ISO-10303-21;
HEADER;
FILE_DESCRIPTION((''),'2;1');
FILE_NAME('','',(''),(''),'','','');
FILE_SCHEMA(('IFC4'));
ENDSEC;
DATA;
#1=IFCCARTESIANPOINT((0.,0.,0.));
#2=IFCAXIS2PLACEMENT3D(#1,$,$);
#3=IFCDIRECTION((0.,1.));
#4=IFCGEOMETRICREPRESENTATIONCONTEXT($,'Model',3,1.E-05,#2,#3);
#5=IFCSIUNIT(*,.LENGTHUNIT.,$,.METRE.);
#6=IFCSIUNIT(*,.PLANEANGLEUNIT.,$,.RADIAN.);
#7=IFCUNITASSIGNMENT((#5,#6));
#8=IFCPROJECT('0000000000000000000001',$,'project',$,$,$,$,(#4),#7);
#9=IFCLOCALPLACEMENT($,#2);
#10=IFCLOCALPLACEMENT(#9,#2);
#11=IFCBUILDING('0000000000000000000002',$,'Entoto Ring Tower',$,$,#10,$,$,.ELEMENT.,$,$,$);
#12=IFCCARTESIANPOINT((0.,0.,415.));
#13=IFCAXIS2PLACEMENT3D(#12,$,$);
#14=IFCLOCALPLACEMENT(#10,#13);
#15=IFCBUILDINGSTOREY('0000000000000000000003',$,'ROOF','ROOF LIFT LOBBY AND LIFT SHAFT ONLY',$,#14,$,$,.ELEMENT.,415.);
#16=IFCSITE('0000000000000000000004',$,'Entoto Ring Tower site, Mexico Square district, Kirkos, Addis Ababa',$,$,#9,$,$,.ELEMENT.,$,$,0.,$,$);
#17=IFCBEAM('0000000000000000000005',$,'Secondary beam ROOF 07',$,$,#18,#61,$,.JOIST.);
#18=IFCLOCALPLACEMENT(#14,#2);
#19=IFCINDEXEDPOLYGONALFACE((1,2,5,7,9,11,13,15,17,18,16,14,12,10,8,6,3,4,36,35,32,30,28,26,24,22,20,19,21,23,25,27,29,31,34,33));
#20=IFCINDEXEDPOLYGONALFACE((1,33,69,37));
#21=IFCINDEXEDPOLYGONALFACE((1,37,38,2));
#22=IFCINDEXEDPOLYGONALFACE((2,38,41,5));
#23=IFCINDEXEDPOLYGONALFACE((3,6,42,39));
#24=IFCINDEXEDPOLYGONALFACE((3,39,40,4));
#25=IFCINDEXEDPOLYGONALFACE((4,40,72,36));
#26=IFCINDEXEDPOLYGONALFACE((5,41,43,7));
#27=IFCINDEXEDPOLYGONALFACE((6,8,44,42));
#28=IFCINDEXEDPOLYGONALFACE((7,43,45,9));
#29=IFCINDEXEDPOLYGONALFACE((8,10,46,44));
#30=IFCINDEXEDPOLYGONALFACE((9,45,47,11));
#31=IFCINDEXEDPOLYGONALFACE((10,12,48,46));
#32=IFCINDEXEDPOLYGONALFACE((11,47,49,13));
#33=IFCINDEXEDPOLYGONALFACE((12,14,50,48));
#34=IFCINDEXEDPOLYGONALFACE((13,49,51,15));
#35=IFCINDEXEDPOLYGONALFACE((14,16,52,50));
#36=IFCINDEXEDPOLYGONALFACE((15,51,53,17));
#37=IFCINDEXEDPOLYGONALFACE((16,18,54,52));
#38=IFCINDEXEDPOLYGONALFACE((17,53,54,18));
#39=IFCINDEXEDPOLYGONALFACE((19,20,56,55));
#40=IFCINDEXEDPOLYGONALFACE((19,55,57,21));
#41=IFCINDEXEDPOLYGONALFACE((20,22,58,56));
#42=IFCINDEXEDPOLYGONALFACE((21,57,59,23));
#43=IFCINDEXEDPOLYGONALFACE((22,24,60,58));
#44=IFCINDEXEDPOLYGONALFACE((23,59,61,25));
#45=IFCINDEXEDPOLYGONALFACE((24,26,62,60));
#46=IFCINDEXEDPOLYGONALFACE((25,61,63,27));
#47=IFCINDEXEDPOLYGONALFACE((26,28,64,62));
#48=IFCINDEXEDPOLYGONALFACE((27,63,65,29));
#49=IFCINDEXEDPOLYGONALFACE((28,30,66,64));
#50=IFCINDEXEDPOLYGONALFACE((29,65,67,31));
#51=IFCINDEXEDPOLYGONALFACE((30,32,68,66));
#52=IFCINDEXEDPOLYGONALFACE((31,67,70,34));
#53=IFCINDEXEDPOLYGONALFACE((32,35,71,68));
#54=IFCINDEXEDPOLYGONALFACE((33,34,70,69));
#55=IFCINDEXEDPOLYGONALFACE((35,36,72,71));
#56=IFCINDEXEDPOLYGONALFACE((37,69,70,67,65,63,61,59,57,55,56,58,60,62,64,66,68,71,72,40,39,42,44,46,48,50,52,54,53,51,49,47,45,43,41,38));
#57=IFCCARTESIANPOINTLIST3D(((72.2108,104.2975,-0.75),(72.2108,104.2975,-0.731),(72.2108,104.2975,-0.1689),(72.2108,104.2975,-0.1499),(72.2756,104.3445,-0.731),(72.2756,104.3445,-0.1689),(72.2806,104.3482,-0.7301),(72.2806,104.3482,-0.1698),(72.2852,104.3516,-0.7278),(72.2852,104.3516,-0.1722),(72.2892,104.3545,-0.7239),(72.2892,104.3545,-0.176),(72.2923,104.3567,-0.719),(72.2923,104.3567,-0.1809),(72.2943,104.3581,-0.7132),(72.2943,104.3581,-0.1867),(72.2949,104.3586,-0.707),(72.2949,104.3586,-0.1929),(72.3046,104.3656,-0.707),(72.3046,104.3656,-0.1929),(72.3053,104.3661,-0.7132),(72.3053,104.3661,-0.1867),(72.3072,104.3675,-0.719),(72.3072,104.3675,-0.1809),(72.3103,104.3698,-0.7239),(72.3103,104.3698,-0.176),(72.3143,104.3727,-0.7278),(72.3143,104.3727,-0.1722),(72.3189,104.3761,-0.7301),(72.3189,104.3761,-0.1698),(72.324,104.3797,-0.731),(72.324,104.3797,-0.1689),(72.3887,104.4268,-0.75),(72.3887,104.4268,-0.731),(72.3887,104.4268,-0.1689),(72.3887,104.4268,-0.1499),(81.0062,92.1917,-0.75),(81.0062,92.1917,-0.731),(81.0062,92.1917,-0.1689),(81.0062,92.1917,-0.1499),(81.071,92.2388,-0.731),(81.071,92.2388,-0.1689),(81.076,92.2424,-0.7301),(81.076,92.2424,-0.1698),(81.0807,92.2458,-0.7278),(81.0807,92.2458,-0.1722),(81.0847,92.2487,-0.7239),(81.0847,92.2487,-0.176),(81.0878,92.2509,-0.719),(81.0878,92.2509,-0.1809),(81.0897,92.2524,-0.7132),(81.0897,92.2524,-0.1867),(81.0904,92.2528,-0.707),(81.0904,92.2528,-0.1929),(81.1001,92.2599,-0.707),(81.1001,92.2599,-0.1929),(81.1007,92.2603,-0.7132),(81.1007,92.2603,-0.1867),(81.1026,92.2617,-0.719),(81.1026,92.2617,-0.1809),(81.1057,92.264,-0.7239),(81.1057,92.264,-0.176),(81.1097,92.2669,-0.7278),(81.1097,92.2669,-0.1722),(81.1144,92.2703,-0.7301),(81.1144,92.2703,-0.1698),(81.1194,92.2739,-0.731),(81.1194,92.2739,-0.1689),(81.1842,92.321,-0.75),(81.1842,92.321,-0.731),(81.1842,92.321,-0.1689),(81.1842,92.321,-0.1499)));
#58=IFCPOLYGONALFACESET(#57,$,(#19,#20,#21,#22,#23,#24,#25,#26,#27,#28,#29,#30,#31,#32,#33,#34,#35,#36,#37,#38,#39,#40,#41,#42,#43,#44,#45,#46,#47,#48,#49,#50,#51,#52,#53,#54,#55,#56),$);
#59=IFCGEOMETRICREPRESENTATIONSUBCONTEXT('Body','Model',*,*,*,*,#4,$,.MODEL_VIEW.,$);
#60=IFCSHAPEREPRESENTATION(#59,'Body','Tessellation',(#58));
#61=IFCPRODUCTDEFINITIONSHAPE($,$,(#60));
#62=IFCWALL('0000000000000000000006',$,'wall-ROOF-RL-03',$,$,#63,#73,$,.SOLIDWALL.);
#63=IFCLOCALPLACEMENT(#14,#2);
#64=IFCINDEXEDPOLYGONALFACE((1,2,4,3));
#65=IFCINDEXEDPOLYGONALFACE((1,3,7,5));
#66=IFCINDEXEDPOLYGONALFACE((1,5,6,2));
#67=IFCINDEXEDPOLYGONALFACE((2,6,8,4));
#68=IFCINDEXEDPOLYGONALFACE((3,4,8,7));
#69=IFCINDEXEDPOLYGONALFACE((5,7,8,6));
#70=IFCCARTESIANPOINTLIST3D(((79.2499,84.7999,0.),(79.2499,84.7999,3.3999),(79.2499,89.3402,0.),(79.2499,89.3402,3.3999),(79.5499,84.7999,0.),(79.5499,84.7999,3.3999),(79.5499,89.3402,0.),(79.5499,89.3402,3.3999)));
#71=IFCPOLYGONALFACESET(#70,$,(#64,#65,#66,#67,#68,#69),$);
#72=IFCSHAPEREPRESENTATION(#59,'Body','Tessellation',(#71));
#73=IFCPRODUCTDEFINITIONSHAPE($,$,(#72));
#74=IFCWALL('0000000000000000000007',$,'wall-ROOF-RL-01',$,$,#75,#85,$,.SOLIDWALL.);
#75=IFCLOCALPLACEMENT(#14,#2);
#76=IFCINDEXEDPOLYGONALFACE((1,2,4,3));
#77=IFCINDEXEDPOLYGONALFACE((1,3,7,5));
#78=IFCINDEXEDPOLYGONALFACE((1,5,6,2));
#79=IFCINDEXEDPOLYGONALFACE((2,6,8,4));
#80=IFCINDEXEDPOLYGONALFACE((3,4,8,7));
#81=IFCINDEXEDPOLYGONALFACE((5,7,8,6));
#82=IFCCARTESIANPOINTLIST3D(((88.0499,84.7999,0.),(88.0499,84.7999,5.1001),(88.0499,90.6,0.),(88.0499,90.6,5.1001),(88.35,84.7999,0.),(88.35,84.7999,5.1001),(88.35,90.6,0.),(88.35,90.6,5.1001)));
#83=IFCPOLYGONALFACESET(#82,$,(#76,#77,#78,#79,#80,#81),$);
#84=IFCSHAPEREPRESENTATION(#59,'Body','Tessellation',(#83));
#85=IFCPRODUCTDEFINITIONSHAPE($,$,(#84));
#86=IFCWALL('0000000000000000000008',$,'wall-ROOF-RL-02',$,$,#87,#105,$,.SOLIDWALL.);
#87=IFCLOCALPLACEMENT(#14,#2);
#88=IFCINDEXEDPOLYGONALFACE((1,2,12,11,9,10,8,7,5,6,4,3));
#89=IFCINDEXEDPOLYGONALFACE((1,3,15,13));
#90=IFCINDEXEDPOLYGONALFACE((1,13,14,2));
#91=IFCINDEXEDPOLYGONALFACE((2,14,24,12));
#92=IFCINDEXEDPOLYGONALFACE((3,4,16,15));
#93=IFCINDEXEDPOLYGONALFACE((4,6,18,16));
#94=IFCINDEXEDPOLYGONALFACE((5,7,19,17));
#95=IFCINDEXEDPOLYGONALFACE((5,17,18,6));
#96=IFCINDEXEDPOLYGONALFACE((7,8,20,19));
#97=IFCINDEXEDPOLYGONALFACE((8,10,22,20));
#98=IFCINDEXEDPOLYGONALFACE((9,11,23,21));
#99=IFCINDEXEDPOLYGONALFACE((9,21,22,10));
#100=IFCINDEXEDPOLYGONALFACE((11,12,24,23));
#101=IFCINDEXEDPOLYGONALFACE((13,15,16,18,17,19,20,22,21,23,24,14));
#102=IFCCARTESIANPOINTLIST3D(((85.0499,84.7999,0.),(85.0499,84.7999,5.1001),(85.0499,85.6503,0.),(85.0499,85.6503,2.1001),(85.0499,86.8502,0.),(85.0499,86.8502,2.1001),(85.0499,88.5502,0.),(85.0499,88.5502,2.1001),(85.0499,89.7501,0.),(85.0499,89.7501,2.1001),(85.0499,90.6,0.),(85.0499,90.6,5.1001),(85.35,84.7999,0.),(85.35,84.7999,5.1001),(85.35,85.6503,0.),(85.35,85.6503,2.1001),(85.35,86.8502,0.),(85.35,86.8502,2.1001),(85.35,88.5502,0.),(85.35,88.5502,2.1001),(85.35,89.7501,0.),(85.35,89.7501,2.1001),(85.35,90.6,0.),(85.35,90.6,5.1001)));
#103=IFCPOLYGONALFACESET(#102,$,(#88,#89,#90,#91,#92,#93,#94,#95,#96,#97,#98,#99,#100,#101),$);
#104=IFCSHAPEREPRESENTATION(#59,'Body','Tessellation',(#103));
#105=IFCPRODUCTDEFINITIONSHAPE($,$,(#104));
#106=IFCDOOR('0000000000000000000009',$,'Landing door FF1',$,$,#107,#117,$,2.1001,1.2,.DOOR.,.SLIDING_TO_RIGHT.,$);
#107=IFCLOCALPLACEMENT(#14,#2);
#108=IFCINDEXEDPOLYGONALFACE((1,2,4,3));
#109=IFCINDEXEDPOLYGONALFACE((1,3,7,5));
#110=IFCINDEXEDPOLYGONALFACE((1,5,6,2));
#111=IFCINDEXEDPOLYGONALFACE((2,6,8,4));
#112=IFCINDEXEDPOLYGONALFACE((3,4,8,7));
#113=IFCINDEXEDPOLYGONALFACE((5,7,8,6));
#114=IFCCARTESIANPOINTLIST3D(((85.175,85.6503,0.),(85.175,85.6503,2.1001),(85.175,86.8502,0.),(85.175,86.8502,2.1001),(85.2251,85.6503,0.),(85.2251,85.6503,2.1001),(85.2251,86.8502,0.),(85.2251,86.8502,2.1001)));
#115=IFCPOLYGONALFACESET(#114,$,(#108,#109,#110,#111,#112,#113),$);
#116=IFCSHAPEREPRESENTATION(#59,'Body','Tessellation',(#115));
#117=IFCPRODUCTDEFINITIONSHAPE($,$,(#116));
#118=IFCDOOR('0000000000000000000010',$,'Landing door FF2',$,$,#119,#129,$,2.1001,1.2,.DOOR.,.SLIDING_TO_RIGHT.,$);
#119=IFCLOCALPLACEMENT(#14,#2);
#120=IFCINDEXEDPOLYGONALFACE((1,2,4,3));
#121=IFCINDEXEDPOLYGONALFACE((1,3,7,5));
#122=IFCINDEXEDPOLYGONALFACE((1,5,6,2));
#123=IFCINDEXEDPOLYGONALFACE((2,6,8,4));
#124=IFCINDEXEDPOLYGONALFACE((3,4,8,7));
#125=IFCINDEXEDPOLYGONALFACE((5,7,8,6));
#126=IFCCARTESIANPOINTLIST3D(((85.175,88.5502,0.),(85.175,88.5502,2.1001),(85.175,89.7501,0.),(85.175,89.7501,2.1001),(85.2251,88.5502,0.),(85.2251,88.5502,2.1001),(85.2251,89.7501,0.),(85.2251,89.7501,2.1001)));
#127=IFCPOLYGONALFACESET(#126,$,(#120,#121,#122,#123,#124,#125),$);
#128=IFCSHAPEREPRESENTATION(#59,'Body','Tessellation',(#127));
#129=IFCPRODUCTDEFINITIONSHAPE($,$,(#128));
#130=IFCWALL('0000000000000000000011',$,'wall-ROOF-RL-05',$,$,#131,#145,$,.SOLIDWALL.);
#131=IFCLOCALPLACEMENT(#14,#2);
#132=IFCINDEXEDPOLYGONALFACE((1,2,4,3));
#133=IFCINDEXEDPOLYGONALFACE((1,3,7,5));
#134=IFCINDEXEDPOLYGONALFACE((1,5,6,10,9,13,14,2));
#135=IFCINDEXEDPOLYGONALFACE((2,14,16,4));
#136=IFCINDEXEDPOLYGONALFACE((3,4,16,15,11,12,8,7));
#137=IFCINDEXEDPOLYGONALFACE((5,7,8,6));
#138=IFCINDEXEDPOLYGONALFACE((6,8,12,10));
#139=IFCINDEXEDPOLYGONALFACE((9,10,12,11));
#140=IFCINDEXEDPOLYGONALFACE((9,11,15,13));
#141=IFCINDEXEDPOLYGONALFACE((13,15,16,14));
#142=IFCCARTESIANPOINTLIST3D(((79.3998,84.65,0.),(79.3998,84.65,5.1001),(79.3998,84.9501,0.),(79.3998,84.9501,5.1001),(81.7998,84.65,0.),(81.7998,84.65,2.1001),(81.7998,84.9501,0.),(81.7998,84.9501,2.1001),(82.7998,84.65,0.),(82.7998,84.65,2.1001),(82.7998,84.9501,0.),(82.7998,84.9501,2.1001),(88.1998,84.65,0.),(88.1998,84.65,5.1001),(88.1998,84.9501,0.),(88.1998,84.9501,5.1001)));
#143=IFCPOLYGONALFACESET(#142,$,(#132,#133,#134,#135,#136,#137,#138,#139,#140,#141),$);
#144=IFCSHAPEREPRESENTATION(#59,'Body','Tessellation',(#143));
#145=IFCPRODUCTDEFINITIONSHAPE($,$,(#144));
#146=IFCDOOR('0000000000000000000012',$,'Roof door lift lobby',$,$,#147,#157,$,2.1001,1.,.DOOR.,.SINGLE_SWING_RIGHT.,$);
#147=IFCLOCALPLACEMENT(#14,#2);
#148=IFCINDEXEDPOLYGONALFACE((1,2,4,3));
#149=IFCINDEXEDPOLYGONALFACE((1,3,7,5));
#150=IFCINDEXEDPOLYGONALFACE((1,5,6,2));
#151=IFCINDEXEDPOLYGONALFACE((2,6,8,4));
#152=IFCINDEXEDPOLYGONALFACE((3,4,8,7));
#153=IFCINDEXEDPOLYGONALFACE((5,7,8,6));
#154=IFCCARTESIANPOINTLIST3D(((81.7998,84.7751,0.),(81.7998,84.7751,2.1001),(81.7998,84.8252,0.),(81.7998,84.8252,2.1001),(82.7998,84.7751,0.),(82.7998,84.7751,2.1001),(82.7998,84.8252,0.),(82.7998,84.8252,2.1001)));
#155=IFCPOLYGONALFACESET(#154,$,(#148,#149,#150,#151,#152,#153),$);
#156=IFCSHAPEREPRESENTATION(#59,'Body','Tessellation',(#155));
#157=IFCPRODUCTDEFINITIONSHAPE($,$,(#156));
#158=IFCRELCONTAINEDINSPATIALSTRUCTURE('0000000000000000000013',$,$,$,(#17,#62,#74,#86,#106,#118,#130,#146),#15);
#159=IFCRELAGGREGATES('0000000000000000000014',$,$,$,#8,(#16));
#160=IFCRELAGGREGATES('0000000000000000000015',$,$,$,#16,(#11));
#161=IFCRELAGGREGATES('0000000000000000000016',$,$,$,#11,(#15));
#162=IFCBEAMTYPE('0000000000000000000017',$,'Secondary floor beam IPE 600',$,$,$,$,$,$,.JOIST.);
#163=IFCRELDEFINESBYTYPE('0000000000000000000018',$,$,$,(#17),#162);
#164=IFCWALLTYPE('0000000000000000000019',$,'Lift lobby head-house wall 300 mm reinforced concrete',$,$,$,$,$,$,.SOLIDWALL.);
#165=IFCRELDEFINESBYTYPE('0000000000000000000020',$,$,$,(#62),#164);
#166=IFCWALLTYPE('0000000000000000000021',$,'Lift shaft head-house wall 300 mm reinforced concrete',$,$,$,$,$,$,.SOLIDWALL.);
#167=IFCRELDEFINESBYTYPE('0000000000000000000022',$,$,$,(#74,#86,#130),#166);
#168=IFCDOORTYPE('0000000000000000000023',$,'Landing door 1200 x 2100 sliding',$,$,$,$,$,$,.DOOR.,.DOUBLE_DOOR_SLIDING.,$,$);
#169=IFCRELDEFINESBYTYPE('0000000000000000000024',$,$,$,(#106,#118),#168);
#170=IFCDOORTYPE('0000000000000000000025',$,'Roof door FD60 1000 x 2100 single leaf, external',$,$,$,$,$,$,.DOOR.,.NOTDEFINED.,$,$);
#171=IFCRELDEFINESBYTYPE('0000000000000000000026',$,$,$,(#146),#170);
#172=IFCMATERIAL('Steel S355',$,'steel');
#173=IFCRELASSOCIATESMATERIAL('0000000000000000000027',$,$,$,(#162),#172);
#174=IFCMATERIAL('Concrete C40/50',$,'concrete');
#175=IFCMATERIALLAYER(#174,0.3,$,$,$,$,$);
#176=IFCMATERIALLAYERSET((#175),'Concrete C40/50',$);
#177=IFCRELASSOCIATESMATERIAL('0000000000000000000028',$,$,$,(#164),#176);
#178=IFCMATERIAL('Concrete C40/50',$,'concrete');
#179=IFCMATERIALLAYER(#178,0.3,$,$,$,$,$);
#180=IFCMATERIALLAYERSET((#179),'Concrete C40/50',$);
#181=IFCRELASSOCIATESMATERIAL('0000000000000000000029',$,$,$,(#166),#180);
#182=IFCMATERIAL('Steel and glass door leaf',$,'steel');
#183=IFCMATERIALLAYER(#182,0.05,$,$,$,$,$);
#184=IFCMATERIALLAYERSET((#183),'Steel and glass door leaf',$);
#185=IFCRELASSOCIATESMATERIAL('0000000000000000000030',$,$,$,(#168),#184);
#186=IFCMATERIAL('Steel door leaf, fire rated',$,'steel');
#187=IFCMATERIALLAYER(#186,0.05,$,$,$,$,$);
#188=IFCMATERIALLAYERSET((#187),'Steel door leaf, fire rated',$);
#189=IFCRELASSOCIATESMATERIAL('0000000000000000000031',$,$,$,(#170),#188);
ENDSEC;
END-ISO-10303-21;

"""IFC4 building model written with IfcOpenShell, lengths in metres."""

from ifc_helpers import new_model, si_unit, direction, frame, frame_2d, origin, origin_2d, place, context, subcontext, project, spatial, rectangle, i_section, extrude, material, layer, layer_set, material_profile, profile_set, type_object, element, fill, save


model = new_model("IFC4")

# Units and contexts
model_context = context("Model", 3, precision=1e-05, world=origin(), true_north=direction((0.0, 1.0)))
body_context = subcontext(model_context, "Body", "Model", "MODEL_VIEW")
ifc_project = project(units=[si_unit("LENGTHUNIT", "METRE"), si_unit("PLANEANGLEUNIT", "RADIAN")], contexts=[model_context])

# Site, building, storey
site_placement = place(None, origin())
site = spatial("IfcSite", under=ifc_project, at=site_placement, Name="Entoto Ring Tower site, Mexico Square district, Kirkos, Addis Ababa", CompositionType="ELEMENT", RefElevation=0.0)
building_placement = place(site_placement, origin())
building = spatial("IfcBuilding", under=site, at=building_placement, Name="Entoto Ring Tower", CompositionType="ELEMENT")
storey_placement = place(building_placement, frame((0.0, 0.0, 415.0)))
storey = spatial("IfcBuildingStorey", under=building, at=storey_placement, Name="ROOF", Description="ROOF LIFT LOBBY AND LIFT SHAFT ONLY", CompositionType="ELEMENT", Elevation=415.0)

# Beam
ifc_material_1 = material(Name="Steel S355", Category="steel")
ifc_material_profile_1 = material_profile(ifc_material_1, i_section(OverallWidth=0.22, OverallDepth=0.6001, WebThickness=0.012, FlangeThickness=0.019, FilletRadius=0.0239, at=origin_2d()), Name="IPE 600")
ifc_profile_set_1 = profile_set([ifc_material_profile_1], Name="Steel S355")
beam_type_1 = type_object("IfcBeamType", Name="Secondary floor beam IPE 600", PredefinedType="JOIST", material=ifc_profile_set_1)
beam_1_placement = place(storey_placement, frame((81.0952, 92.2563, -0.45), z_axis=(-0.587789, 0.809014, 0.0), x_axis=(-0.809014, -0.587789, 0.0)))
element("IfcBeam", 1, at=beam_1_placement, inside=storey, type_object=beam_type_1, Name="Secondary beam ROOF 07", PredefinedType="JOIST", context=body_context, shape_type="SweptSolid", body=[
    extrude(i_section(OverallWidth=0.22, OverallDepth=0.6001, WebThickness=0.012, FlangeThickness=0.019, FilletRadius=0.0239, at=origin_2d()), origin(), (0.0, 0.0, 1.0), 14.9636),
])

# Walls
ifc_material_2 = material(Name="Concrete C40/50", Category="concrete")
ifc_layer_1 = layer(ifc_material_2, 0.3)
ifc_layer_set_1 = layer_set([ifc_layer_1], Name="Concrete C40/50")
wall_type_1 = type_object("IfcWallType", Name="Lift lobby head-house wall 300 mm reinforced concrete", PredefinedType="SOLIDWALL", material=ifc_layer_set_1)
wall_1_placement = place(storey_placement, frame((79.3999, 84.8, 0.0), z_axis=(0.0, 0.0, 1.0), x_axis=(0.0, 1.0, 0.0)))
element("IfcWall", 2, at=wall_1_placement, inside=storey, type_object=wall_type_1, Name="wall-ROOF-RL-03", PredefinedType="SOLIDWALL", context=body_context, shape_type="SweptSolid", body=[
    extrude(rectangle(XDim=4.5403, YDim=0.3, at=frame_2d((2.27, 0.0))), origin(), (0.0, 0.0, 1.0), 3.3999),
])
ifc_material_3 = material(Name="Concrete C40/50", Category="concrete")
ifc_layer_2 = layer(ifc_material_3, 0.3)
ifc_layer_set_2 = layer_set([ifc_layer_2], Name="Concrete C40/50")
wall_type_2 = type_object("IfcWallType", Name="Lift shaft head-house wall 300 mm reinforced concrete", PredefinedType="SOLIDWALL", material=ifc_layer_set_2)
wall_2_placement = place(storey_placement, frame((88.2, 84.8, 0.0), z_axis=(0.0, 0.0, 1.0), x_axis=(0.0, 1.0, 0.0)))
element("IfcWall", 3, at=wall_2_placement, inside=storey, type_object=wall_type_2, Name="wall-ROOF-RL-01", PredefinedType="SOLIDWALL", context=body_context, shape_type="SweptSolid", body=[
    extrude(rectangle(XDim=5.8, YDim=0.3, at=frame_2d((2.8999, 0.0))), origin(), (0.0, 0.0, 1.0), 5.1001),
])

# Wall, openings, doors
wall_3_placement = place(storey_placement, frame((85.2, 84.8, 0.0), z_axis=(0.0, 0.0, 1.0), x_axis=(0.0, 1.0, 0.0)))
wall_3 = element("IfcWall", 4, at=wall_3_placement, inside=storey, type_object=wall_type_2, Name="wall-ROOF-RL-02", PredefinedType="SOLIDWALL", context=body_context, shape_type="SweptSolid", body=[
    extrude(rectangle(XDim=5.8, YDim=0.3, at=frame_2d((2.8999, 0.0))), origin(), (0.0, 0.0, 1.0), 5.1001),
])
opening_1_placement = place(wall_3_placement, frame((0.8501, 0.0, 0.0)))
opening_1 = element("IfcOpeningElement", 5, at=opening_1_placement, cuts=wall_3, PredefinedType="OPENING", context=body_context, shape_type="SweptSolid", body=[
    extrude(rectangle(XDim=1.2, YDim=2.1001, at=frame_2d((0.6001, 1.05))), frame((0.0, 0.1602, 0.0), z_axis=(0.0, -1.0, 0.0), x_axis=(1.0, 0.0, 0.0)), (0.0, 0.0, 1.0), 0.3201),
])
opening_2_placement = place(wall_3_placement, frame((3.75, 0.0, 0.0)))
opening_2 = element("IfcOpeningElement", 6, at=opening_2_placement, cuts=wall_3, PredefinedType="OPENING", context=body_context, shape_type="SweptSolid", body=[
    extrude(rectangle(XDim=1.2, YDim=2.1001, at=frame_2d((0.6001, 1.05))), frame((0.0, 0.1602, 0.0), z_axis=(0.0, -1.0, 0.0), x_axis=(1.0, 0.0, 0.0)), (0.0, 0.0, 1.0), 0.3201),
])
ifc_material_4 = material(Name="Steel and glass door leaf", Category="steel")
ifc_layer_3 = layer(ifc_material_4, 0.05)
ifc_layer_set_3 = layer_set([ifc_layer_3], Name="Steel and glass door leaf")
door_type_1 = type_object("IfcDoorType", Name="Landing door 1200 x 2100 sliding", OperationType="DOUBLE_DOOR_SLIDING", PredefinedType="DOOR", material=ifc_layer_set_3)
door_1_placement = place(opening_1_placement, origin())
door_1 = element("IfcDoor", 7, at=door_1_placement, inside=storey, type_object=door_type_1, Name="Landing door FF1", OperationType="SLIDING_TO_RIGHT", OverallHeight=2.1001, OverallWidth=1.2, PredefinedType="DOOR", context=body_context, shape_type="SweptSolid", body=[
    extrude(rectangle(XDim=1.2, YDim=2.1001, at=frame_2d((0.6001, 1.05))), frame((0.0, 0.0249, 0.0), z_axis=(0.0, -1.0, 0.0), x_axis=(1.0, 0.0, 0.0)), (0.0, 0.0, 1.0), 0.05),
])
fill(opening_1, door_1)
door_2_placement = place(opening_2_placement, origin())
door_2 = element("IfcDoor", 8, at=door_2_placement, inside=storey, type_object=door_type_1, Name="Landing door FF2", OperationType="SLIDING_TO_RIGHT", OverallHeight=2.1001, OverallWidth=1.2, PredefinedType="DOOR", context=body_context, shape_type="SweptSolid", body=[
    extrude(rectangle(XDim=1.2, YDim=2.1001, at=frame_2d((0.6001, 1.05))), frame((0.0, 0.0249, 0.0), z_axis=(0.0, -1.0, 0.0), x_axis=(1.0, 0.0, 0.0)), (0.0, 0.0, 1.0), 0.05),
])
fill(opening_2, door_2)

# Wall, opening, door
wall_4_placement = place(storey_placement, frame((79.3999, 84.8, 0.0), z_axis=(0.0, 0.0, 1.0), x_axis=(1.0, 0.0, 0.0)))
wall_4 = element("IfcWall", 9, at=wall_4_placement, inside=storey, type_object=wall_type_2, Name="wall-ROOF-RL-05", PredefinedType="SOLIDWALL", context=body_context, shape_type="SweptSolid", body=[
    extrude(rectangle(XDim=8.8, YDim=0.3, at=frame_2d((4.3999, 0.0))), origin(), (0.0, 0.0, 1.0), 5.1001),
])
opening_3_placement = place(wall_4_placement, frame((2.3999, 0.0, 0.0)))
opening_3 = element("IfcOpeningElement", 10, at=opening_3_placement, cuts=wall_4, PredefinedType="OPENING", context=body_context, shape_type="SweptSolid", body=[
    extrude(rectangle(XDim=1.0, YDim=2.1001, at=frame_2d((0.5, 1.05))), frame((0.0, 0.1602, 0.0), z_axis=(0.0, -1.0, 0.0), x_axis=(1.0, 0.0, 0.0)), (0.0, 0.0, 1.0), 0.3201),
])
ifc_material_5 = material(Name="Steel door leaf, fire rated", Category="steel")
ifc_layer_4 = layer(ifc_material_5, 0.05)
ifc_layer_set_4 = layer_set([ifc_layer_4], Name="Steel door leaf, fire rated")
door_type_2 = type_object("IfcDoorType", Name="Roof door FD60 1000 x 2100 single leaf, external", OperationType="NOTDEFINED", PredefinedType="DOOR", material=ifc_layer_set_4)
door_3_placement = place(opening_3_placement, frame((1.0, 0.0, 0.0), z_axis=(0.0, 0.0, 1.0), x_axis=(-1.0, 0.0, 0.0)))
door_3 = element("IfcDoor", 11, at=door_3_placement, inside=storey, type_object=door_type_2, Name="Roof door lift lobby", OperationType="SINGLE_SWING_RIGHT", OverallHeight=2.1001, OverallWidth=1.0, PredefinedType="DOOR", context=body_context, shape_type="SweptSolid", body=[
    extrude(rectangle(XDim=1.0, YDim=2.1001, at=frame_2d((0.5, 1.05))), frame((0.0, 0.0249, 0.0), z_axis=(0.0, -1.0, 0.0), x_axis=(1.0, 0.0, 0.0)), (0.0, 0.0, 1.0), 0.05),
])
fill(opening_3, door_3)

save(model, "model.ifc")
